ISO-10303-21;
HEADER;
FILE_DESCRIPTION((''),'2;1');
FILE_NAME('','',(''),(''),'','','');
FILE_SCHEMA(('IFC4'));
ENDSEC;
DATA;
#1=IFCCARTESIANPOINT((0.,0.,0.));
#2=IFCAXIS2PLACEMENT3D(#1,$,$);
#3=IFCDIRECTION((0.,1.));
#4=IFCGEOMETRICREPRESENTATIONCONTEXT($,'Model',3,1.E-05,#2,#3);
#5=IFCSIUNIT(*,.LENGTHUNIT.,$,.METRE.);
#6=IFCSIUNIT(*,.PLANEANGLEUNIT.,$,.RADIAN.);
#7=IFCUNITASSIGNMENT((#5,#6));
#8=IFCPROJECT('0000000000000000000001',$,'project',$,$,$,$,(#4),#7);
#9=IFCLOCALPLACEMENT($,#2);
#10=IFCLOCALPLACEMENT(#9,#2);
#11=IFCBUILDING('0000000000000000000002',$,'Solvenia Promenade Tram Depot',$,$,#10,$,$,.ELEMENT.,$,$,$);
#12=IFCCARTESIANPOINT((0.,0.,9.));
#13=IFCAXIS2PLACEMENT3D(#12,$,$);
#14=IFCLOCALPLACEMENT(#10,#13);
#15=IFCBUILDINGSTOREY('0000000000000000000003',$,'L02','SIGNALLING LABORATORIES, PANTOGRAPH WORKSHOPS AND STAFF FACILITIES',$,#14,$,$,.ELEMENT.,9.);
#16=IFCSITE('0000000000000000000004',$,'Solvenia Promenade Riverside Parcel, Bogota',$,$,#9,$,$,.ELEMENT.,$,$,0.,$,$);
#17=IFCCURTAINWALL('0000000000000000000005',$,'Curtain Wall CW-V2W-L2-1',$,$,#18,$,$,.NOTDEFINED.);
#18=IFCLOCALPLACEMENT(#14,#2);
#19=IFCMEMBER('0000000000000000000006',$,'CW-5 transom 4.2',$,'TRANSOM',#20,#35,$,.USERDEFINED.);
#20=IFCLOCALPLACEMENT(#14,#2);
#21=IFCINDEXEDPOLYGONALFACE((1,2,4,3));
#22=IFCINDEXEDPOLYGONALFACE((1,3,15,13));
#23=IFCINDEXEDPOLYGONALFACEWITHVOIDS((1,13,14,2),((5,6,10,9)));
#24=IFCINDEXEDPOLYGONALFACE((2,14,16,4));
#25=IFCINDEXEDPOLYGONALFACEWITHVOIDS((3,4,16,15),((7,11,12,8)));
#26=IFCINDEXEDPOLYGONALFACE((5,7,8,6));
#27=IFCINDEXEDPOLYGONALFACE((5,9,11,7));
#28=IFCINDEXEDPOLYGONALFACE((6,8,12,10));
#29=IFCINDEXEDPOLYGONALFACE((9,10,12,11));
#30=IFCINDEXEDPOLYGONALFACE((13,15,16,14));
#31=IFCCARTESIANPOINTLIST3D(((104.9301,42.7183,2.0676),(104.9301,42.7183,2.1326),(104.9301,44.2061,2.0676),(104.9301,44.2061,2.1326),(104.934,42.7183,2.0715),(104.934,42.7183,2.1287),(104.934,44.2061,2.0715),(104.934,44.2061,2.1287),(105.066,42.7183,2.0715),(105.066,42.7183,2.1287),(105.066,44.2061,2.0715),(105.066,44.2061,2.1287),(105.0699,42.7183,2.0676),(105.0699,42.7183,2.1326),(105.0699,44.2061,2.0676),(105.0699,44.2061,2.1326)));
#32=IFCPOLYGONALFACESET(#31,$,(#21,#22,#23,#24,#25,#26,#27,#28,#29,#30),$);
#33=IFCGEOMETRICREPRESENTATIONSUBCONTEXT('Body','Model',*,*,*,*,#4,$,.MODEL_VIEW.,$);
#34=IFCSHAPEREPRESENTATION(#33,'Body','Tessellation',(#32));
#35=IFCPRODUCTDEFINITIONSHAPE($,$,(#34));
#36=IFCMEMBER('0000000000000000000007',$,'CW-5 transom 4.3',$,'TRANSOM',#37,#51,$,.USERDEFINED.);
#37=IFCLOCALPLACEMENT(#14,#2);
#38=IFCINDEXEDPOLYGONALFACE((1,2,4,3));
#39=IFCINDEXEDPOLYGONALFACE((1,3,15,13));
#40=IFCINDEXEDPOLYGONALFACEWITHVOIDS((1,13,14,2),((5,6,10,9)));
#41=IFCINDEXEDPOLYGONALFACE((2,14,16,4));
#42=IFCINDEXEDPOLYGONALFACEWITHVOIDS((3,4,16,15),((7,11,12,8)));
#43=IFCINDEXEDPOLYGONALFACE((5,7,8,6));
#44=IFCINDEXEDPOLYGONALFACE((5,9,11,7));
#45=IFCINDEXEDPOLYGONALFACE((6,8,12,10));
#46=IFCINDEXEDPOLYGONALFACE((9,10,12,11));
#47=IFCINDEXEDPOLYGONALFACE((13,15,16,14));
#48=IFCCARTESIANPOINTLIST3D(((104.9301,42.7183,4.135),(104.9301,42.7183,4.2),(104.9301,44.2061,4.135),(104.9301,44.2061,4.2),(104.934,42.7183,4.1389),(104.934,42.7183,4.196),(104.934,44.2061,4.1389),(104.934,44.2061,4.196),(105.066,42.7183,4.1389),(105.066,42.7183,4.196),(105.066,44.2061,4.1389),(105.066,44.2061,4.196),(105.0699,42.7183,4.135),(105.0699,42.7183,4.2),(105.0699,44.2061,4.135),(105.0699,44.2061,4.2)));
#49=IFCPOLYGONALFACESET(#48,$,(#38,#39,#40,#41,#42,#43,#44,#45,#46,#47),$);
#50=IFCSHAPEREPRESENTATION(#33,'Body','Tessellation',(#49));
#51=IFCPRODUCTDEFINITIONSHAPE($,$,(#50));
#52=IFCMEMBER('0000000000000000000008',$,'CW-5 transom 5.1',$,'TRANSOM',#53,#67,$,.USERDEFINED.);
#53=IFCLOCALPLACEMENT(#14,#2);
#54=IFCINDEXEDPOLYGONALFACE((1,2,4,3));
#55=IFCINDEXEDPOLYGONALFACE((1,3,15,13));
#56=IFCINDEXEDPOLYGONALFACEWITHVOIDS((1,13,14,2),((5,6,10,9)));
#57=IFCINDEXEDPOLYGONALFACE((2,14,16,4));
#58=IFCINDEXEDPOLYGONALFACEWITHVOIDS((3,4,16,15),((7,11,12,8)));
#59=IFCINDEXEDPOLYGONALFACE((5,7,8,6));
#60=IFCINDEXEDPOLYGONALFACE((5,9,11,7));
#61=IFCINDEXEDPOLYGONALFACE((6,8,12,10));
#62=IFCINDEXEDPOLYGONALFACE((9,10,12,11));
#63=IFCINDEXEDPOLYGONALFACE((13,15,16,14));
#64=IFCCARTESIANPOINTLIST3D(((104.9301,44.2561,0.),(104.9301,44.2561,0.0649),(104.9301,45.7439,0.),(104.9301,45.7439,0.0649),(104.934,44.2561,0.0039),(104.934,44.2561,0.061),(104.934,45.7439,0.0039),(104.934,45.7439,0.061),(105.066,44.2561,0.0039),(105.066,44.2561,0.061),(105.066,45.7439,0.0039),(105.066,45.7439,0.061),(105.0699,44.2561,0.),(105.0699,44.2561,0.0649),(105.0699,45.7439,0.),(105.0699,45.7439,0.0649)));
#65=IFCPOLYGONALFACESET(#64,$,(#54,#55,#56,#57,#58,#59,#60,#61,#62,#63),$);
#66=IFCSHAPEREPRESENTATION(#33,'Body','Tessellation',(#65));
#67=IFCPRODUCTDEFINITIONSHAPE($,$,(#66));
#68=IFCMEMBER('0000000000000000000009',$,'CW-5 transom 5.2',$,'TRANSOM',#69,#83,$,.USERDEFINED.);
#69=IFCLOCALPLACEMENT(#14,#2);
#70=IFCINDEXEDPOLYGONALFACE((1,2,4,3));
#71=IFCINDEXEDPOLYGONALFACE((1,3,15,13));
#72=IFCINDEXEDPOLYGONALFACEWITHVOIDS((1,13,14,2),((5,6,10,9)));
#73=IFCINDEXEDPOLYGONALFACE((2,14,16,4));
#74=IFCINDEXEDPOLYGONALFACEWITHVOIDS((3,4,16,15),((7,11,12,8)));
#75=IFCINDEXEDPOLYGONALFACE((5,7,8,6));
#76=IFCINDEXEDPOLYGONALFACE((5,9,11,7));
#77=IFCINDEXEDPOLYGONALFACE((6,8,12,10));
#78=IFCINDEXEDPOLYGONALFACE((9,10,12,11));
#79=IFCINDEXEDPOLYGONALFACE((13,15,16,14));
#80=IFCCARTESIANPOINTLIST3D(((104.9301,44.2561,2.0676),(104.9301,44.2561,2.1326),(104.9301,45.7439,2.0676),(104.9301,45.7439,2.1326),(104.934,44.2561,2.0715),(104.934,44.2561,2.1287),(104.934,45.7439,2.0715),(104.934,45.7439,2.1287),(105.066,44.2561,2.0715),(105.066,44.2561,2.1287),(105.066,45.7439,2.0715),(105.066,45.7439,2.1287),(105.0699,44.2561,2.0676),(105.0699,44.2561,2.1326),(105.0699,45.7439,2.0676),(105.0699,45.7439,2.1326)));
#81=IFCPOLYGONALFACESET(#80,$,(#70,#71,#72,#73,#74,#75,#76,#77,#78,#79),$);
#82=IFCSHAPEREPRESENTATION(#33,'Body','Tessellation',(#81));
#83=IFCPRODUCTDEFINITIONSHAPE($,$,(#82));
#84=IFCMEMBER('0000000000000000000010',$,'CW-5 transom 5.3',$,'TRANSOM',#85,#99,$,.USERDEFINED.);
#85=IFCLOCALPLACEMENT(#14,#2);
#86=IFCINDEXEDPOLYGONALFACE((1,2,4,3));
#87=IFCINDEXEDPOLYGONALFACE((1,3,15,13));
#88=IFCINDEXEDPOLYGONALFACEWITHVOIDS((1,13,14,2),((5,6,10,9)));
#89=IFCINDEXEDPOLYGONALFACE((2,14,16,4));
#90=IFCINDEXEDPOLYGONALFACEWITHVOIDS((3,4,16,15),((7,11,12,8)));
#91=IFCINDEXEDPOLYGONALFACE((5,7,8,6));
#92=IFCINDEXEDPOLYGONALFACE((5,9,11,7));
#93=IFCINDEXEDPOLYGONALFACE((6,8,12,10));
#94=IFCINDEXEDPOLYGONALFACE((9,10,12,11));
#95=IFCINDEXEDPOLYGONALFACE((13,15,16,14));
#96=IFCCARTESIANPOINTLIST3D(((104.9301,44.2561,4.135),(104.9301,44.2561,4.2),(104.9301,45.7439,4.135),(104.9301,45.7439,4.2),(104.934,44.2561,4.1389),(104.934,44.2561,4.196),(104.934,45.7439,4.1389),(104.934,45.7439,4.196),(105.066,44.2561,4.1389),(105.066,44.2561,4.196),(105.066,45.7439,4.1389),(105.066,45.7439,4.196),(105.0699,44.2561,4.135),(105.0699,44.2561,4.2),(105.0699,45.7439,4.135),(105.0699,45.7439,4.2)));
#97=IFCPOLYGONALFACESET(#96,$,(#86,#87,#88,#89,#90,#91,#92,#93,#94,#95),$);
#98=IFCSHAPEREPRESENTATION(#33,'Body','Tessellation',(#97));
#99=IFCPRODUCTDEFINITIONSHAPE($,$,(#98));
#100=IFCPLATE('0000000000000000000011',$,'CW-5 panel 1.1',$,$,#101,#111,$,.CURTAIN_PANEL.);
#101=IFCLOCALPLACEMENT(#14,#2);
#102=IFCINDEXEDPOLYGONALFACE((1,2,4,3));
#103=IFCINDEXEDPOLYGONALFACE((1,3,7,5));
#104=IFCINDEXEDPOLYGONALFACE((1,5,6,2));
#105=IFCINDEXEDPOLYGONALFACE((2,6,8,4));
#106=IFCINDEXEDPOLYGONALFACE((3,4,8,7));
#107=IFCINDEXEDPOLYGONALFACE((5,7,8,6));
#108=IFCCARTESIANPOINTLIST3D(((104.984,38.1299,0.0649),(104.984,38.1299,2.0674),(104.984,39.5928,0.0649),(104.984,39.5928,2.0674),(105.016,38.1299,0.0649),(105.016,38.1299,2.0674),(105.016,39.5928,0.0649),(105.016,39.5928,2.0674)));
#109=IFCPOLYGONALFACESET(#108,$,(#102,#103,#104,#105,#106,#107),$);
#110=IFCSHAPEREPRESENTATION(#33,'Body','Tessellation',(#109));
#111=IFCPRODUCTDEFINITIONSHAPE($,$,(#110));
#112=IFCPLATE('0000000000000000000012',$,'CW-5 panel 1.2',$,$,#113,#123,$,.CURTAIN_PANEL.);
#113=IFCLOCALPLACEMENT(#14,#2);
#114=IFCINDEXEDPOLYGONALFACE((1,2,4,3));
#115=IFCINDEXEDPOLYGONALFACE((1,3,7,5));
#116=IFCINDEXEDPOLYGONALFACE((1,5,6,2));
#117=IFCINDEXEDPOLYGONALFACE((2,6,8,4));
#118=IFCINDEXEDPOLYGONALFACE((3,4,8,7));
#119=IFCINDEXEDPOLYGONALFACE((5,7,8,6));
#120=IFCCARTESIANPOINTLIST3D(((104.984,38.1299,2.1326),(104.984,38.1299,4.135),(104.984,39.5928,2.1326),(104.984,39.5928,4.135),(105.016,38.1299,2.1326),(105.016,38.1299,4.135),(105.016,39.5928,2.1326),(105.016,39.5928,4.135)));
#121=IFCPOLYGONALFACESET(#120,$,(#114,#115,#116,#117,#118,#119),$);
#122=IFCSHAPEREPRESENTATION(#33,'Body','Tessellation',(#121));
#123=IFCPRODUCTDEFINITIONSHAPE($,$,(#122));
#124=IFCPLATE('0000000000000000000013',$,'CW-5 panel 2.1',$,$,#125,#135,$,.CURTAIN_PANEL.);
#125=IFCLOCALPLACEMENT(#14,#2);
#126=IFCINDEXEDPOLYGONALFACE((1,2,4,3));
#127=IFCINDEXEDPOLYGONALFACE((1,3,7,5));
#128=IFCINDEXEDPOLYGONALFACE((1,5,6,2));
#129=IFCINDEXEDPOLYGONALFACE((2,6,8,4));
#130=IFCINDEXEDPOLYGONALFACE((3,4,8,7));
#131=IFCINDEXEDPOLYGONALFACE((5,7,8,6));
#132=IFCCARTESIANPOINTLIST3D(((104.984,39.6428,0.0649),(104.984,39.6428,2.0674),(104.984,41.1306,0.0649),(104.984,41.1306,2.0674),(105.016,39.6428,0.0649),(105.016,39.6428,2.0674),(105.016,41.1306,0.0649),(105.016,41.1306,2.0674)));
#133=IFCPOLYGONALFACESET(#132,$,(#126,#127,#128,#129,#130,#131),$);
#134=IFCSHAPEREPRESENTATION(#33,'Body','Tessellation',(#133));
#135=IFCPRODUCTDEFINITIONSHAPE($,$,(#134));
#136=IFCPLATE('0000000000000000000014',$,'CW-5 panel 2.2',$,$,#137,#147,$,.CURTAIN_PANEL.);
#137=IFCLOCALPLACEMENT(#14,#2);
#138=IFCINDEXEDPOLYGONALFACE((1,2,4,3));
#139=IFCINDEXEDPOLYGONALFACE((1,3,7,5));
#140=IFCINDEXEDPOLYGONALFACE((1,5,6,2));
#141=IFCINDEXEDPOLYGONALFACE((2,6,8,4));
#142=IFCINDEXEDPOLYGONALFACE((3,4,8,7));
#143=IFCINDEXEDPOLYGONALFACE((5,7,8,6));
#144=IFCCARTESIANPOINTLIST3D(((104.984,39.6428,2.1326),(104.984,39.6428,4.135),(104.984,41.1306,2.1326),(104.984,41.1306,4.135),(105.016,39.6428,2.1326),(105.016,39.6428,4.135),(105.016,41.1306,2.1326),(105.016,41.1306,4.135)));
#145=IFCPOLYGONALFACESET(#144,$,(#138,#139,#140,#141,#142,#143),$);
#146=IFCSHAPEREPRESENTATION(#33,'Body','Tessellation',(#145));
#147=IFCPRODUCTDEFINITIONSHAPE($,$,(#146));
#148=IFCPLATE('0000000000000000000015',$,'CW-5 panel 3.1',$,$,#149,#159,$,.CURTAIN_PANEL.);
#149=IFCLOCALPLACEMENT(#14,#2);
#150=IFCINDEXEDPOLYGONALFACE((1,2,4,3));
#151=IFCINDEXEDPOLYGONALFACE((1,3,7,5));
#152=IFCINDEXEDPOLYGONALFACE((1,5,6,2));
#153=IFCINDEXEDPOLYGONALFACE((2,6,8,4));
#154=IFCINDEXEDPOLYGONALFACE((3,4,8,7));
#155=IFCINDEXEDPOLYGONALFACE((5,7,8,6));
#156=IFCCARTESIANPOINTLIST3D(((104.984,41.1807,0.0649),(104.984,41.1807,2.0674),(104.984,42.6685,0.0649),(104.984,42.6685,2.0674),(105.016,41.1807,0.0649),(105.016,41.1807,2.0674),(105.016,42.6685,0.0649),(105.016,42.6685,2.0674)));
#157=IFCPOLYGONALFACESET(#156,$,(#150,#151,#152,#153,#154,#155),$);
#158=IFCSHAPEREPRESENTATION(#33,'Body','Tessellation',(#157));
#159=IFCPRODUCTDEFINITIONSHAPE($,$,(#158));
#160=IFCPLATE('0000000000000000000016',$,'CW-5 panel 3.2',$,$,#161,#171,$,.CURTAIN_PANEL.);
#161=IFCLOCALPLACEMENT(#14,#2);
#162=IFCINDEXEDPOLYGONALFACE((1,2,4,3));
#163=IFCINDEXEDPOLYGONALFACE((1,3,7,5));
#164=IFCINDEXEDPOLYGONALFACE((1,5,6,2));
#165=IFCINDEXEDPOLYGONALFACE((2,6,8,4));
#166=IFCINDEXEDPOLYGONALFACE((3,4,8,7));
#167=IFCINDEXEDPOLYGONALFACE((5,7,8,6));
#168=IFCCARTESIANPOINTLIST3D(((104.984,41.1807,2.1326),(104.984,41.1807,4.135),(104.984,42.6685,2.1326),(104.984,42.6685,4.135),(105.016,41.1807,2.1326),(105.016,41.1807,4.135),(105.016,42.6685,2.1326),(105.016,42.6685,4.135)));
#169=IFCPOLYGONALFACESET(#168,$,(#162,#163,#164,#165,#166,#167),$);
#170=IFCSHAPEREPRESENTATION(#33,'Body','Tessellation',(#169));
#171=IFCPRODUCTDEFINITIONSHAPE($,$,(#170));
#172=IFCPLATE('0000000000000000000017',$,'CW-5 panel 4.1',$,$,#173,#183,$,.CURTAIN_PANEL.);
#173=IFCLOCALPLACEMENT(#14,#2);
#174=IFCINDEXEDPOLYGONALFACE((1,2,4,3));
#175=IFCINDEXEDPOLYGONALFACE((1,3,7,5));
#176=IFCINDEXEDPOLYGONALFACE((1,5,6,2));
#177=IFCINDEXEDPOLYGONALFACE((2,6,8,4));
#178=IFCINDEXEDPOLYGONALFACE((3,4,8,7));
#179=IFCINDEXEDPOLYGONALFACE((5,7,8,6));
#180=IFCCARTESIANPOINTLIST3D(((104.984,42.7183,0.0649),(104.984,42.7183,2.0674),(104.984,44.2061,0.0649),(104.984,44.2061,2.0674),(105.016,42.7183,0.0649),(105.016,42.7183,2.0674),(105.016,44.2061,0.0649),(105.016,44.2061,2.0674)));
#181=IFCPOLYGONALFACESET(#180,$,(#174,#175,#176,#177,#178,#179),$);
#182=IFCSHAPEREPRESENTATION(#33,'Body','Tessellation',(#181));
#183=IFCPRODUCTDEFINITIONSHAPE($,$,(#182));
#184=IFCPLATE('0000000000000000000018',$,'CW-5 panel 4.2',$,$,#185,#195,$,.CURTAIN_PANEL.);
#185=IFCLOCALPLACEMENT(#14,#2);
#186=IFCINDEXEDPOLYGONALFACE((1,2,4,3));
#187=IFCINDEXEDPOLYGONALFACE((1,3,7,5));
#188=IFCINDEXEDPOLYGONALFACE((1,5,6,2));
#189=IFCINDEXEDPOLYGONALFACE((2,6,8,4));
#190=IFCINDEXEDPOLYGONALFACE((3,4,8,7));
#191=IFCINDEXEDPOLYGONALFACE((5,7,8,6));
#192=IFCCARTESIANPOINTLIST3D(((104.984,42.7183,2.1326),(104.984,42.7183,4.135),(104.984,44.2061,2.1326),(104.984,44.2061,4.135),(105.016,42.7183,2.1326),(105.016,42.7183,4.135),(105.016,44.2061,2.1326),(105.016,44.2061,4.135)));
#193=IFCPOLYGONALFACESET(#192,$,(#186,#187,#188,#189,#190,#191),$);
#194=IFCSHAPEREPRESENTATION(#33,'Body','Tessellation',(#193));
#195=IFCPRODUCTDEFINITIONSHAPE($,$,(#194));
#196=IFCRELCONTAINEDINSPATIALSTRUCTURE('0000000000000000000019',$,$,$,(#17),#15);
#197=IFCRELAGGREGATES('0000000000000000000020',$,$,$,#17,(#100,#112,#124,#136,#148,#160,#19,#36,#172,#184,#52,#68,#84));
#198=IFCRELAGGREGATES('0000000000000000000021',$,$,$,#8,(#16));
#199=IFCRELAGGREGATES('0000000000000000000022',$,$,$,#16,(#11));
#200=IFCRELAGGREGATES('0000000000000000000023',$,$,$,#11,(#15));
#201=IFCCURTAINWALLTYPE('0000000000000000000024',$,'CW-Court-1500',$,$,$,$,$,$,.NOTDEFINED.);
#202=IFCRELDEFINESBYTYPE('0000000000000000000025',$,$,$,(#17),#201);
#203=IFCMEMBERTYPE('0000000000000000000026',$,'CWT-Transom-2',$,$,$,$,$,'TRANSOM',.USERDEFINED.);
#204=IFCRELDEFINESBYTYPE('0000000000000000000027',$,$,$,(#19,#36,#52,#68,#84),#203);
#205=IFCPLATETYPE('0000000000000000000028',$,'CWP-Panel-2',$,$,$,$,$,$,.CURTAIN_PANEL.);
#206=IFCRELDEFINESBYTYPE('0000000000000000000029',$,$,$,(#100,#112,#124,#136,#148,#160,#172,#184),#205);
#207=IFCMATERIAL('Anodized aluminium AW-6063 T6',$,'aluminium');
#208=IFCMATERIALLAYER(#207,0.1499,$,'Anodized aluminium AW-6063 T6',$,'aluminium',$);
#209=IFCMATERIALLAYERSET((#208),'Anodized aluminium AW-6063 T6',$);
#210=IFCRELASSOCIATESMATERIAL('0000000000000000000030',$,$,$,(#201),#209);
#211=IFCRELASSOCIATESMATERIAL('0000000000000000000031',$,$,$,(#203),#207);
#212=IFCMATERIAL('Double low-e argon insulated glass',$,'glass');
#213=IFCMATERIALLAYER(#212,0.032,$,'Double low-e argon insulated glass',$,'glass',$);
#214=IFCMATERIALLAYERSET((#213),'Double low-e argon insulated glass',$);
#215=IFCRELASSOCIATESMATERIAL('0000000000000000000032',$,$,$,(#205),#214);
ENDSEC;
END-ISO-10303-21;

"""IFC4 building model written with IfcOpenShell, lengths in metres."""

from ifc_helpers import new_model, si_unit, direction, frame, origin, origin_2d, place, context, subcontext, project, spatial, rectangle, hollow_rectangle, extrude, material, layer, layer_set, material_profile, profile_set, type_object, element, aggregate, save


model = new_model("IFC4")

# Units and contexts
model_context = context("Model", 3, precision=1e-05, world=origin(), true_north=direction((0.0, 1.0)))
body_context = subcontext(model_context, "Body", "Model", "MODEL_VIEW")
ifc_project = project(units=[si_unit("LENGTHUNIT", "METRE"), si_unit("PLANEANGLEUNIT", "RADIAN")], contexts=[model_context])

# Site, building, storey
site_placement = place(None, origin())
site = spatial("IfcSite", under=ifc_project, at=site_placement, Name="Solvenia Promenade Riverside Parcel, Bogota", CompositionType="ELEMENT", RefElevation=0.0)
building_placement = place(site_placement, origin())
building = spatial("IfcBuilding", under=site, at=building_placement, Name="Solvenia Promenade Tram Depot", CompositionType="ELEMENT")
storey_placement = place(building_placement, frame((0.0, 0.0, 9.0)))
storey = spatial("IfcBuildingStorey", under=building, at=storey_placement, Name="L02", Description="SIGNALLING LABORATORIES, PANTOGRAPH WORKSHOPS AND STAFF FACILITIES", CompositionType="ELEMENT", Elevation=9.0)

# Curtain wall, members, plates
ifc_material_1 = material(Name="Anodized aluminium AW-6063 T6", Category="aluminium")
ifc_layer_1 = layer(ifc_material_1, 0.1499, Name="Anodized aluminium AW-6063 T6", Category="aluminium")
ifc_layer_set_1 = layer_set([ifc_layer_1], Name="Anodized aluminium AW-6063 T6")
curtain_wall_type = type_object("IfcCurtainWallType", Name="CW-Court-1500", PredefinedType="NOTDEFINED", material=ifc_layer_set_1)
curtain_wall_placement = place(storey_placement, origin())
curtain_wall = element("IfcCurtainWall", 1, at=curtain_wall_placement, inside=storey, type_object=curtain_wall_type, Name="Curtain Wall CW-V2W-L2-1", PredefinedType="NOTDEFINED")
ifc_material_profile_1 = material_profile(ifc_material_1, hollow_rectangle(XDim=0.1399, YDim=0.0649, WallThickness=0.0039, at=origin_2d()), Name="ALU-T2", Category="aluminium")
ifc_profile_set_1 = profile_set([ifc_material_profile_1], Name="Anodized aluminium AW-6063 T6")
member_type_1 = type_object("IfcMemberType", Name="CWT-Transom-2", ElementType="TRANSOM", PredefinedType="USERDEFINED", material=ifc_profile_set_1)
member_1_placement = place(storey_placement, frame((105.0, 42.7183, 2.1001), z_axis=(0.0, 1.0, 0.0), x_axis=(-1.0, 0.0, 0.0)))
member_1 = element("IfcMember", 2, at=member_1_placement, type_object=member_type_1, Name="CW-5 transom 4.2", ObjectType="TRANSOM", PredefinedType="USERDEFINED", context=body_context, shape_type="SweptSolid", body=[
    extrude(hollow_rectangle(XDim=0.1399, YDim=0.0649, WallThickness=0.0039, at=origin_2d()), origin(), (0.0, 0.0, 1.0), 1.4878),
])
member_2_placement = place(storey_placement, frame((105.0, 42.7183, 4.1675), z_axis=(0.0, 1.0, 0.0), x_axis=(-1.0, 0.0, 0.0)))
member_2 = element("IfcMember", 3, at=member_2_placement, type_object=member_type_1, Name="CW-5 transom 4.3", ObjectType="TRANSOM", PredefinedType="USERDEFINED", context=body_context, shape_type="SweptSolid", body=[
    extrude(hollow_rectangle(XDim=0.1399, YDim=0.0649, WallThickness=0.0039, at=origin_2d()), origin(), (0.0, 0.0, 1.0), 1.4878),
])
member_3_placement = place(storey_placement, frame((105.0, 44.2561, 0.0325), z_axis=(0.0, 1.0, 0.0), x_axis=(-1.0, 0.0, 0.0)))
member_3 = element("IfcMember", 4, at=member_3_placement, type_object=member_type_1, Name="CW-5 transom 5.1", ObjectType="TRANSOM", PredefinedType="USERDEFINED", context=body_context, shape_type="SweptSolid", body=[
    extrude(hollow_rectangle(XDim=0.1399, YDim=0.0649, WallThickness=0.0039, at=origin_2d()), origin(), (0.0, 0.0, 1.0), 1.4878),
])
member_4_placement = place(storey_placement, frame((105.0, 44.2561, 2.1001), z_axis=(0.0, 1.0, 0.0), x_axis=(-1.0, 0.0, 0.0)))
member_4 = element("IfcMember", 5, at=member_4_placement, type_object=member_type_1, Name="CW-5 transom 5.2", ObjectType="TRANSOM", PredefinedType="USERDEFINED", context=body_context, shape_type="SweptSolid", body=[
    extrude(hollow_rectangle(XDim=0.1399, YDim=0.0649, WallThickness=0.0039, at=origin_2d()), origin(), (0.0, 0.0, 1.0), 1.4878),
])
member_5_placement = place(storey_placement, frame((105.0, 44.2561, 4.1675), z_axis=(0.0, 1.0, 0.0), x_axis=(-1.0, 0.0, 0.0)))
member_5 = element("IfcMember", 6, at=member_5_placement, type_object=member_type_1, Name="CW-5 transom 5.3", ObjectType="TRANSOM", PredefinedType="USERDEFINED", context=body_context, shape_type="SweptSolid", body=[
    extrude(hollow_rectangle(XDim=0.1399, YDim=0.0649, WallThickness=0.0039, at=origin_2d()), origin(), (0.0, 0.0, 1.0), 1.4878),
])
ifc_material_2 = material(Name="Double low-e argon insulated glass", Category="glass")
ifc_layer_2 = layer(ifc_material_2, 0.032, Name="Double low-e argon insulated glass", Category="glass")
ifc_layer_set_2 = layer_set([ifc_layer_2], Name="Double low-e argon insulated glass")
plate_type = type_object("IfcPlateType", Name="CWP-Panel-2", PredefinedType="CURTAIN_PANEL", material=ifc_layer_set_2)
plate_1_placement = place(storey_placement, frame((105.0, 38.8613, 0.0649), z_axis=(0.0, 0.0, 1.0), x_axis=(0.0, 1.0, 0.0)))
plate_1 = element("IfcPlate", 7, at=plate_1_placement, type_object=plate_type, Name="CW-5 panel 1.1", PredefinedType="CURTAIN_PANEL", context=body_context, shape_type="SweptSolid", body=[
    extrude(rectangle(XDim=1.4629, YDim=0.032, at=origin_2d()), origin(), (0.0, 0.0, 1.0), 2.0024),
])
plate_2_placement = place(storey_placement, frame((105.0, 38.8613, 2.1326), z_axis=(0.0, 0.0, 1.0), x_axis=(0.0, 1.0, 0.0)))
plate_2 = element("IfcPlate", 8, at=plate_2_placement, type_object=plate_type, Name="CW-5 panel 1.2", PredefinedType="CURTAIN_PANEL", context=body_context, shape_type="SweptSolid", body=[
    extrude(rectangle(XDim=1.4629, YDim=0.032, at=origin_2d()), origin(), (0.0, 0.0, 1.0), 2.0024),
])
plate_3_placement = place(storey_placement, frame((105.0, 40.3867, 0.0649), z_axis=(0.0, 0.0, 1.0), x_axis=(0.0, 1.0, 0.0)))
plate_3 = element("IfcPlate", 9, at=plate_3_placement, type_object=plate_type, Name="CW-5 panel 2.1", PredefinedType="CURTAIN_PANEL", context=body_context, shape_type="SweptSolid", body=[
    extrude(rectangle(XDim=1.4878, YDim=0.032, at=origin_2d()), origin(), (0.0, 0.0, 1.0), 2.0024),
])
plate_4_placement = place(storey_placement, frame((105.0, 40.3867, 2.1326), z_axis=(0.0, 0.0, 1.0), x_axis=(0.0, 1.0, 0.0)))
plate_4 = element("IfcPlate", 10, at=plate_4_placement, type_object=plate_type, Name="CW-5 panel 2.2", PredefinedType="CURTAIN_PANEL", context=body_context, shape_type="SweptSolid", body=[
    extrude(rectangle(XDim=1.4878, YDim=0.032, at=origin_2d()), origin(), (0.0, 0.0, 1.0), 2.0024),
])
plate_5_placement = place(storey_placement, frame((105.0, 41.9246, 0.0649), z_axis=(0.0, 0.0, 1.0), x_axis=(0.0, 1.0, 0.0)))
plate_5 = element("IfcPlate", 11, at=plate_5_placement, type_object=plate_type, Name="CW-5 panel 3.1", PredefinedType="CURTAIN_PANEL", context=body_context, shape_type="SweptSolid", body=[
    extrude(rectangle(XDim=1.4878, YDim=0.032, at=origin_2d()), origin(), (0.0, 0.0, 1.0), 2.0024),
])
plate_6_placement = place(storey_placement, frame((105.0, 41.9246, 2.1326), z_axis=(0.0, 0.0, 1.0), x_axis=(0.0, 1.0, 0.0)))
plate_6 = element("IfcPlate", 12, at=plate_6_placement, type_object=plate_type, Name="CW-5 panel 3.2", PredefinedType="CURTAIN_PANEL", context=body_context, shape_type="SweptSolid", body=[
    extrude(rectangle(XDim=1.4878, YDim=0.032, at=origin_2d()), origin(), (0.0, 0.0, 1.0), 2.0024),
])
plate_7_placement = place(storey_placement, frame((105.0, 43.4622, 0.0649), z_axis=(0.0, 0.0, 1.0), x_axis=(0.0, 1.0, 0.0)))
plate_7 = element("IfcPlate", 13, at=plate_7_placement, type_object=plate_type, Name="CW-5 panel 4.1", PredefinedType="CURTAIN_PANEL", context=body_context, shape_type="SweptSolid", body=[
    extrude(rectangle(XDim=1.4878, YDim=0.032, at=origin_2d()), origin(), (0.0, 0.0, 1.0), 2.0024),
])
plate_8_placement = place(storey_placement, frame((105.0, 43.4622, 2.1326), z_axis=(0.0, 0.0, 1.0), x_axis=(0.0, 1.0, 0.0)))
plate_8 = element("IfcPlate", 14, at=plate_8_placement, type_object=plate_type, Name="CW-5 panel 4.2", PredefinedType="CURTAIN_PANEL", context=body_context, shape_type="SweptSolid", body=[
    extrude(rectangle(XDim=1.4878, YDim=0.032, at=origin_2d()), origin(), (0.0, 0.0, 1.0), 2.0024),
])
aggregate(curtain_wall, [plate_1, plate_2, plate_3, plate_4, plate_5, plate_6, member_1, member_2, plate_7, plate_8, member_3, member_4, member_5])

save(model, "model.ifc")
